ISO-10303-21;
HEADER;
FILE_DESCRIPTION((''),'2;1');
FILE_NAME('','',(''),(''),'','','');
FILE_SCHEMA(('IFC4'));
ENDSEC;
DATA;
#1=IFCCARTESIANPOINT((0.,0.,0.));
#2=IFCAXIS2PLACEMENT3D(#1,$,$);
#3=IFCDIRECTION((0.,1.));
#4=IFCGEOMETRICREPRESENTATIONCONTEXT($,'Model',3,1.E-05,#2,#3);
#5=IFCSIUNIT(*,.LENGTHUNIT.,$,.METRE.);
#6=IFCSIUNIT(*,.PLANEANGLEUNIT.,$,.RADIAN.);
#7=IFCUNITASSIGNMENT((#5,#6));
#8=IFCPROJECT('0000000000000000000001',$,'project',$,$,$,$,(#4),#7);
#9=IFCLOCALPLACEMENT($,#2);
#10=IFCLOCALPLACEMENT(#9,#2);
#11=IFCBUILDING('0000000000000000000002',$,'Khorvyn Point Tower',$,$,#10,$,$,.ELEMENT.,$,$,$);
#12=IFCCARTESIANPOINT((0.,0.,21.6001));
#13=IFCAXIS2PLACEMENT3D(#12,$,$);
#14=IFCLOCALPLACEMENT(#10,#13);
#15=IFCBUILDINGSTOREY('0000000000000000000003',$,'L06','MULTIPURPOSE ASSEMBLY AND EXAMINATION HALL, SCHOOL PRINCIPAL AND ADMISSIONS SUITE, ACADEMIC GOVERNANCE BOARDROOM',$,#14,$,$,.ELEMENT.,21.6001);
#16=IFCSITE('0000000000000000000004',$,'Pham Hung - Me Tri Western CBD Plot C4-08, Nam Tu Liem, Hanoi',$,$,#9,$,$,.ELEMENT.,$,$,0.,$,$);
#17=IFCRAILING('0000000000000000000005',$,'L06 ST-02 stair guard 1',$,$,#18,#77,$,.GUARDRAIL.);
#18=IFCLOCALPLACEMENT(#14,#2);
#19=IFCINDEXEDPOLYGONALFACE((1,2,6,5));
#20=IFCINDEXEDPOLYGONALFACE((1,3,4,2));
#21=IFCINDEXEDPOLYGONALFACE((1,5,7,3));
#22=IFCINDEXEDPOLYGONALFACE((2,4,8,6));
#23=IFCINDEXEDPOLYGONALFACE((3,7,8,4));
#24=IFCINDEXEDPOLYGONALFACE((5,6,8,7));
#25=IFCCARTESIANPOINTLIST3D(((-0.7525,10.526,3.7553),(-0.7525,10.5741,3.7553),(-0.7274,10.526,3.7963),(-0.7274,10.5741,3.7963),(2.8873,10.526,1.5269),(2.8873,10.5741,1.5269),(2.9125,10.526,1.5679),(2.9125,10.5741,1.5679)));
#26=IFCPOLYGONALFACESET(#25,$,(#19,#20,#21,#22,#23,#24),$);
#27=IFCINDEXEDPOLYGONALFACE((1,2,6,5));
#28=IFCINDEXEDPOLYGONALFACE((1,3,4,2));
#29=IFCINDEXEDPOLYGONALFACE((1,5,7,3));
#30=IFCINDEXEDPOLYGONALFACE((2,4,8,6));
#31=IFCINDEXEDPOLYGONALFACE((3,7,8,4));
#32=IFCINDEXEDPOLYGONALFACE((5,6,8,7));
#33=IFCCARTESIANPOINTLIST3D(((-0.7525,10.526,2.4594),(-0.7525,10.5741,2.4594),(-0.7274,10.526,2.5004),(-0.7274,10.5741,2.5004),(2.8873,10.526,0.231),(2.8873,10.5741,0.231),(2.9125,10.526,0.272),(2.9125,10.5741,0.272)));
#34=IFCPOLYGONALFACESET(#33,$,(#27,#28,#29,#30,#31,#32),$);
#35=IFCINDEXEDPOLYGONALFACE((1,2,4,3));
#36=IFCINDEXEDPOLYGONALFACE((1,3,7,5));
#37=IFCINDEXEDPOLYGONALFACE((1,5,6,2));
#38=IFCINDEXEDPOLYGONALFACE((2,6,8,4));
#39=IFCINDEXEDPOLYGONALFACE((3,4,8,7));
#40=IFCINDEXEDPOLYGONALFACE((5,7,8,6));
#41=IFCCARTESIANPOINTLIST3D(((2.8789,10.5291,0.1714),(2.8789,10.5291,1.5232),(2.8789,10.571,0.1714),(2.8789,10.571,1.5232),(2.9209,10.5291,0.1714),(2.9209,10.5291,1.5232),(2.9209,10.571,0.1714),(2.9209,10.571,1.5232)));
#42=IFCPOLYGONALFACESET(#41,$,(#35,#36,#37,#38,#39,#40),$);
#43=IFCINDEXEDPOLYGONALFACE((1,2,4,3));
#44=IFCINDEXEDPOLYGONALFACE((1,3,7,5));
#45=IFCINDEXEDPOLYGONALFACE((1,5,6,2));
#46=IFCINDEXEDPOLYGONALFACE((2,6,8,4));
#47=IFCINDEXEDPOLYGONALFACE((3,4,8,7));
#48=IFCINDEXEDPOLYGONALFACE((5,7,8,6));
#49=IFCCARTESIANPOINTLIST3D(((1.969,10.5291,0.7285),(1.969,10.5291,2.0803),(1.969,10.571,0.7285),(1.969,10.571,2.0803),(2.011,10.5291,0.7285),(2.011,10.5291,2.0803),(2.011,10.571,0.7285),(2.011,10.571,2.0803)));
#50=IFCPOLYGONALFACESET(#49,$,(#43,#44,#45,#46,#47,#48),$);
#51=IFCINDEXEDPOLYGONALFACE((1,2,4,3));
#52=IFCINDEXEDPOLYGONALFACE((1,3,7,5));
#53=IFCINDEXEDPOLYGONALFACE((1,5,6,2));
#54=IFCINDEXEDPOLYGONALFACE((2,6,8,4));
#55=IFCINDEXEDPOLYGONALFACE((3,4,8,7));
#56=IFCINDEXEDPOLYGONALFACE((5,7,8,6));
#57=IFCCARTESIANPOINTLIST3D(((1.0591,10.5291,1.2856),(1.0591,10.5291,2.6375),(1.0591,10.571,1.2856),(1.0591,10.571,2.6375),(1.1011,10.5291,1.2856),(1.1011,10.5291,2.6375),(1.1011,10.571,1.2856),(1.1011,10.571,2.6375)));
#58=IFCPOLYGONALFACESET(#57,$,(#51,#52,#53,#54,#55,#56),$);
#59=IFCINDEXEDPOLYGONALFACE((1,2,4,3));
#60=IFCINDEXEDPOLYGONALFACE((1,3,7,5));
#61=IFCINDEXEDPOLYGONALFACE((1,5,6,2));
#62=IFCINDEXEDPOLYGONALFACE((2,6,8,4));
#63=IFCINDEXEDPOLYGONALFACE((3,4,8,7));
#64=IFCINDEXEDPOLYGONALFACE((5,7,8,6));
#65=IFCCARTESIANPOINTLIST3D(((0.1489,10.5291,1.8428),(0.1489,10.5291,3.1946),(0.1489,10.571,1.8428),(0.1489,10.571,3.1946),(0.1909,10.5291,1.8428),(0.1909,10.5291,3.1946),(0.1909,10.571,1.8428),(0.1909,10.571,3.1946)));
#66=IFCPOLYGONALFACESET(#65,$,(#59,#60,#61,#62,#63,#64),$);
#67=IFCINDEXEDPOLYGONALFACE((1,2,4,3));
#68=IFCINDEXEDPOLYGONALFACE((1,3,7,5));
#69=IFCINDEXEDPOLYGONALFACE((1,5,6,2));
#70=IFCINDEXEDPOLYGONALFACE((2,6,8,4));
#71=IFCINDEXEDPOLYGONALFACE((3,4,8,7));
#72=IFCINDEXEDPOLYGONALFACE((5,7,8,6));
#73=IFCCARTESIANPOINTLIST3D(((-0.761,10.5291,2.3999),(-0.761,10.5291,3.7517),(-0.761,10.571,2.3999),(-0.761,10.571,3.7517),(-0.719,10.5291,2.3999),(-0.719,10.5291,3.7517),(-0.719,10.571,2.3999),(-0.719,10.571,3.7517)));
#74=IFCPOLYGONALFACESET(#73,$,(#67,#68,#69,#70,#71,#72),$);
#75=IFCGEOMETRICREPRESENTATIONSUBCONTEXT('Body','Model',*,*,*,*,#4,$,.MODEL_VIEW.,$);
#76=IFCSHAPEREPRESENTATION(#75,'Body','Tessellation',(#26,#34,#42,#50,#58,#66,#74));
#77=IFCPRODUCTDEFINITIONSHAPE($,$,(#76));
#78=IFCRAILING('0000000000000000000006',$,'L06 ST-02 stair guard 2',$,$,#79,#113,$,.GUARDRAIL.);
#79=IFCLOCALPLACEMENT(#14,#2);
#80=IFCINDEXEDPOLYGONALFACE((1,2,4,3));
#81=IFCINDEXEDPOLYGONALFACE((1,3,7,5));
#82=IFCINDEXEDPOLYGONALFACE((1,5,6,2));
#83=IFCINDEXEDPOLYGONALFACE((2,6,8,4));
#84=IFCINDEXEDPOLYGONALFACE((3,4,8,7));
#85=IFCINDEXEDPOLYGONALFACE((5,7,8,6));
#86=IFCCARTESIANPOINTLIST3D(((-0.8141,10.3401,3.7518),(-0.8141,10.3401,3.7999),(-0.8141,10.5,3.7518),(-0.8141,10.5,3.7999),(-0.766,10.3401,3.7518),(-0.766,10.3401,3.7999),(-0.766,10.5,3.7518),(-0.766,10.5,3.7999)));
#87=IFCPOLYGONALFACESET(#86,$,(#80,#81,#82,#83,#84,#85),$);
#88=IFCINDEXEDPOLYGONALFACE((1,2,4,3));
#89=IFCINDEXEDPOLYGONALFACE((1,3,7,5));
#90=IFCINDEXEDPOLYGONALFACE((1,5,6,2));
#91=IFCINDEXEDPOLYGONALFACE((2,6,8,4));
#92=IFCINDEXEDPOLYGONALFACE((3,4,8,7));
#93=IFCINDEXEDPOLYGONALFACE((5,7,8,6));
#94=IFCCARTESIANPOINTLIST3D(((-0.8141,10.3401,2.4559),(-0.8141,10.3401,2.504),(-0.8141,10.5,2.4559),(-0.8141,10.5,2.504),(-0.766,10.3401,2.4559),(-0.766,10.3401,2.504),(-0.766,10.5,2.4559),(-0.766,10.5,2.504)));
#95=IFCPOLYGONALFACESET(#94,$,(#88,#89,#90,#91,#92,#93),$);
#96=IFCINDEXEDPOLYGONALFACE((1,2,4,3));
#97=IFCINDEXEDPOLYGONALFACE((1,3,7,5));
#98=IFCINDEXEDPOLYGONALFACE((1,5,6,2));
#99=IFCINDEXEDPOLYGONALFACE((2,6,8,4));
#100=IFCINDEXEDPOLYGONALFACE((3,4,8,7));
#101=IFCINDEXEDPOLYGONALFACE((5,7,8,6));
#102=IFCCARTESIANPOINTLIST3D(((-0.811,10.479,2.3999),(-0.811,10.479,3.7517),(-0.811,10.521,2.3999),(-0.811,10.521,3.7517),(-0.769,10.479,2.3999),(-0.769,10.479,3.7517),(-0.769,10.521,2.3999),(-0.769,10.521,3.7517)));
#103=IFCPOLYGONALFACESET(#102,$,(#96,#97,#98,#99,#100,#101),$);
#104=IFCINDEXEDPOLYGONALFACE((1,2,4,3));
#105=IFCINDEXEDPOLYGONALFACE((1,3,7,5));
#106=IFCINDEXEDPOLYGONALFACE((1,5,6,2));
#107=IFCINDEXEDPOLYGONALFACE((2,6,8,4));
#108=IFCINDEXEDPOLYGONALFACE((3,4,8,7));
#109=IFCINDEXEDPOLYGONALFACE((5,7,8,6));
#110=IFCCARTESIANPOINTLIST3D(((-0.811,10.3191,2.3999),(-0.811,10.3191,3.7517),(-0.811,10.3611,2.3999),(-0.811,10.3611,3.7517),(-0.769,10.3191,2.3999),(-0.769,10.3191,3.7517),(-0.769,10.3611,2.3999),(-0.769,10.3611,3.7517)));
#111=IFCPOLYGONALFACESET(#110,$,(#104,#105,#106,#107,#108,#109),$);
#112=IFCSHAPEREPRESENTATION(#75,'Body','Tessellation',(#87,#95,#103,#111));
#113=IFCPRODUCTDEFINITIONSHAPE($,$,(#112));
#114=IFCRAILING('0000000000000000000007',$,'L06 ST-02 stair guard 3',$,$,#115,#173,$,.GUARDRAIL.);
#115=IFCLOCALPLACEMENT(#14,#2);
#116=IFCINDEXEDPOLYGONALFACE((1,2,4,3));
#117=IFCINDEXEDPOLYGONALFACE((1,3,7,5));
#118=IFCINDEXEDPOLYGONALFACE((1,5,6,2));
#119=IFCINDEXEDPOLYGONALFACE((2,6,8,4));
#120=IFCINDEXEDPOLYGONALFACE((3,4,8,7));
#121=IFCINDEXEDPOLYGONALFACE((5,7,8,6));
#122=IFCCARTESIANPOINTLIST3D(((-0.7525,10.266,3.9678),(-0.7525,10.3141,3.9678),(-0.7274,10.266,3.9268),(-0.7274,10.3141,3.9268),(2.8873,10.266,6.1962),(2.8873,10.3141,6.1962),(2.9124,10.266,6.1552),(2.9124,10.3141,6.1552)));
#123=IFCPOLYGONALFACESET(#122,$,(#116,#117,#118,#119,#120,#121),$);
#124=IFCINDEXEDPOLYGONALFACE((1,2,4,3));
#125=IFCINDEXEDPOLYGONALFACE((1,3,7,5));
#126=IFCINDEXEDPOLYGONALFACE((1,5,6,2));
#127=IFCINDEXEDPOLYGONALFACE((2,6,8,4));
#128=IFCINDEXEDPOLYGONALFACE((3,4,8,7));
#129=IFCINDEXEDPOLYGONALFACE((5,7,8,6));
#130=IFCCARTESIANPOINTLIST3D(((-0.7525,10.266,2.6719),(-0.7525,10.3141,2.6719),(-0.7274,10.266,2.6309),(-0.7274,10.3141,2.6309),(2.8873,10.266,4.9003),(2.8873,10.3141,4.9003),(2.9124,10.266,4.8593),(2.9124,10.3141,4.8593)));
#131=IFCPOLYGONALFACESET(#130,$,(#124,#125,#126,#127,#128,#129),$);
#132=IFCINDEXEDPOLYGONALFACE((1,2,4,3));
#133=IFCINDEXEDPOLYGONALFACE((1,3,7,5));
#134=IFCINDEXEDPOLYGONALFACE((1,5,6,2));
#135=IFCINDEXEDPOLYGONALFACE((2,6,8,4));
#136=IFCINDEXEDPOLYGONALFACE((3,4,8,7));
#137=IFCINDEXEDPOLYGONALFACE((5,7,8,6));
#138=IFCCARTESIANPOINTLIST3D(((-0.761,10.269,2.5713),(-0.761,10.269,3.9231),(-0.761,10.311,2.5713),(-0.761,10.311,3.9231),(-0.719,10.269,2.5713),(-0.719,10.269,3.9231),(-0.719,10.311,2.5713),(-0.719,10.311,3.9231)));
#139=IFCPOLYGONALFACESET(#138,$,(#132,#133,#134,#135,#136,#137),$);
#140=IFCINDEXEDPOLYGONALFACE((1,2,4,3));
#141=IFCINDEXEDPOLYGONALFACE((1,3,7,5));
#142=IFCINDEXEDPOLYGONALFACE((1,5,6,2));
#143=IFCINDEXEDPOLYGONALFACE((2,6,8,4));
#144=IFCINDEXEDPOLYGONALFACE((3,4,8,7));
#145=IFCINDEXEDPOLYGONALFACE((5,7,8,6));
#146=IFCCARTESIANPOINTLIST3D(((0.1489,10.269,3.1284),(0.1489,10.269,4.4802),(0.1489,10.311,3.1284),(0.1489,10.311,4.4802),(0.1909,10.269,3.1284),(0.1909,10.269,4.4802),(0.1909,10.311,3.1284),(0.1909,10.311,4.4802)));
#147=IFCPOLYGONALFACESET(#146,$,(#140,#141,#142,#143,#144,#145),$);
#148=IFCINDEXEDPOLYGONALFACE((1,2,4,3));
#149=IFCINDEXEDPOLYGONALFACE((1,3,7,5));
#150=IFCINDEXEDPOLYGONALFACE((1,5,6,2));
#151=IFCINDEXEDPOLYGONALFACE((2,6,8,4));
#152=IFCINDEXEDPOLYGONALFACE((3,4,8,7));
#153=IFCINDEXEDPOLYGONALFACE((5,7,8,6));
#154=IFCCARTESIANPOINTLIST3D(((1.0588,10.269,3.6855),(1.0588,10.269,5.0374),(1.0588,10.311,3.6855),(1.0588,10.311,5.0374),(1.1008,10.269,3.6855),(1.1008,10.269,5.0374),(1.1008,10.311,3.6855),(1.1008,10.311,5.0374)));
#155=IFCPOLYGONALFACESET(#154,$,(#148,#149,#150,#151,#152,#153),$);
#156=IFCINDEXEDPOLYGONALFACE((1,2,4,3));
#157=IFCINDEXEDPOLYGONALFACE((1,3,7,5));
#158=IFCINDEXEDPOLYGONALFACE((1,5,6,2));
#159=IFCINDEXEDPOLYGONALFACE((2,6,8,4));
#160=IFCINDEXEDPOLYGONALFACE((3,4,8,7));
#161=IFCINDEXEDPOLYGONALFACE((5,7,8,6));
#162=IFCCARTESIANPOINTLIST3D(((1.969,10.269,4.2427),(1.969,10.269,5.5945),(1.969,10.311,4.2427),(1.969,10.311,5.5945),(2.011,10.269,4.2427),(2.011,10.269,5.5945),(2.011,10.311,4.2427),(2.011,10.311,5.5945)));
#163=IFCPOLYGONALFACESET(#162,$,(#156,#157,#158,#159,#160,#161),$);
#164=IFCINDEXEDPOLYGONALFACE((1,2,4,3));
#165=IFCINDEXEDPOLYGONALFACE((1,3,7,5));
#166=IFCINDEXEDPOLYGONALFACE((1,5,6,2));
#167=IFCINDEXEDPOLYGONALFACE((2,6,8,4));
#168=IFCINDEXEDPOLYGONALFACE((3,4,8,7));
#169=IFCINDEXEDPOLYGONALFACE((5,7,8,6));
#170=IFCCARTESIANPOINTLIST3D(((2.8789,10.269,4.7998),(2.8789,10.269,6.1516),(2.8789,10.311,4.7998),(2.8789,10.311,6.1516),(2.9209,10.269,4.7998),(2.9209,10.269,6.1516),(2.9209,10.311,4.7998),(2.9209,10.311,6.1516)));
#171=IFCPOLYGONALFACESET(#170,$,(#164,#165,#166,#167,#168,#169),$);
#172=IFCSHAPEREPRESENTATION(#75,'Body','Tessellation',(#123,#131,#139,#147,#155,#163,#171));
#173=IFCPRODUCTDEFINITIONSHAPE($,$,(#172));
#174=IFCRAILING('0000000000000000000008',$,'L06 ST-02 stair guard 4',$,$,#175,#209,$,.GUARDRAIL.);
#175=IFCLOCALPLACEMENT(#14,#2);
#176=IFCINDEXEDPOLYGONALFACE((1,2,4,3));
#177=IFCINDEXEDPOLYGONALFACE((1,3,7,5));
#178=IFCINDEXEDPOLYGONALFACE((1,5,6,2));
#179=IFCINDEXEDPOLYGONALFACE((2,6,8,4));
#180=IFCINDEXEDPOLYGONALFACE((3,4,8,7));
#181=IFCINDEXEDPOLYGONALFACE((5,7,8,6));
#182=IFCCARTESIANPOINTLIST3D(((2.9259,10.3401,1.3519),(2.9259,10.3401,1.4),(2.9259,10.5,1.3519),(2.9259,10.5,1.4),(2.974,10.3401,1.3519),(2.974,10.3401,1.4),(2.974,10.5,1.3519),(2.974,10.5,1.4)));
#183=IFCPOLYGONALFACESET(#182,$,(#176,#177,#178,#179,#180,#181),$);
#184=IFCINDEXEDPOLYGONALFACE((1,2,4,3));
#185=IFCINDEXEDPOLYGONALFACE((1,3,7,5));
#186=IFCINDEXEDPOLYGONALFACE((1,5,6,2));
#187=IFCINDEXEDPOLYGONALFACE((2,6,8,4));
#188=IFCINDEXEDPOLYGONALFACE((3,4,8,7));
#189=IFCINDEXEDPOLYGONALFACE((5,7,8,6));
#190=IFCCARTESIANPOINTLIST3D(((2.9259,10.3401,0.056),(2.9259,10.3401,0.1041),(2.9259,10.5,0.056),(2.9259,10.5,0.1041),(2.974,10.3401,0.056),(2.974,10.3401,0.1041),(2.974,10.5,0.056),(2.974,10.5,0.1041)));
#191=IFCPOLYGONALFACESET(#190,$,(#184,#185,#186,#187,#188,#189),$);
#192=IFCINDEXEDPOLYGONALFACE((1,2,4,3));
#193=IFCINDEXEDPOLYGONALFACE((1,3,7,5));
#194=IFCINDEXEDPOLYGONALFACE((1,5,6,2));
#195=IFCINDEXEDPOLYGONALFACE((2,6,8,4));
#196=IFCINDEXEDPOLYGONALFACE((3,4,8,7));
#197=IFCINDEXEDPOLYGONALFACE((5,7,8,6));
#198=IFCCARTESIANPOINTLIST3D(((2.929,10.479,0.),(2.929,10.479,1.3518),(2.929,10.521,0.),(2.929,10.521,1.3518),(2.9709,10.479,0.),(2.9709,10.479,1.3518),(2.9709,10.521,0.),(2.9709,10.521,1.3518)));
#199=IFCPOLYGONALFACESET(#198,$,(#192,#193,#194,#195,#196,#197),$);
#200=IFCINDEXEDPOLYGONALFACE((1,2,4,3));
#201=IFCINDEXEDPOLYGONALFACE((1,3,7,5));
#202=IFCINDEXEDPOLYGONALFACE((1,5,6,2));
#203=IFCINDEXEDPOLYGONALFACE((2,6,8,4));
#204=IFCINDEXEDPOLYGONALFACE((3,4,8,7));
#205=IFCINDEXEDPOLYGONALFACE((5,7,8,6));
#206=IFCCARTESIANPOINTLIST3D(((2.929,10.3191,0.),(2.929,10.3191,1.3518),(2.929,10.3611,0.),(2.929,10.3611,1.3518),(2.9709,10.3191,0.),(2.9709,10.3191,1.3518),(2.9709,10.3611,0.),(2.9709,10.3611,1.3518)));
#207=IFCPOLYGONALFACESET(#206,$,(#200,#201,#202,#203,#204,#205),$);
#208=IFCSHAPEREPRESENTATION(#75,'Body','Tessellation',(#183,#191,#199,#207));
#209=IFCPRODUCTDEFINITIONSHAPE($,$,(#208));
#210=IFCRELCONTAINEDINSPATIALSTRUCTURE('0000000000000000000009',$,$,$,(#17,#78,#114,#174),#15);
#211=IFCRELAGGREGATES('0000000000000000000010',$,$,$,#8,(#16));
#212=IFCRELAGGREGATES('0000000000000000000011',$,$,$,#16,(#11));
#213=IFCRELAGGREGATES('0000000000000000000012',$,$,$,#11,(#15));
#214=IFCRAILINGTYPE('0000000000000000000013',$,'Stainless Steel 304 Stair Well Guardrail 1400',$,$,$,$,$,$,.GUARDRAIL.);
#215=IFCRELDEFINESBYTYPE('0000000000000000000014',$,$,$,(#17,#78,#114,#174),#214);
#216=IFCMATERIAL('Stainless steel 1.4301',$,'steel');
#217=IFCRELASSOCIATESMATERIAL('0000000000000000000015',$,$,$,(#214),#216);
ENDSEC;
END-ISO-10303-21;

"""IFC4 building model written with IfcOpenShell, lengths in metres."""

from ifc_helpers import new_model, si_unit, direction, frame, origin, origin_2d, place, context, subcontext, project, spatial, rectangle, extrude, material, type_object, element, save


model = new_model("IFC4")

# Units and contexts
model_context = context("Model", 3, precision=1e-05, world=origin(), true_north=direction((0.0, 1.0)))
body_context = subcontext(model_context, "Body", "Model", "MODEL_VIEW")
ifc_project = project(units=[si_unit("LENGTHUNIT", "METRE"), si_unit("PLANEANGLEUNIT", "RADIAN")], contexts=[model_context])

# Site, building, storey
site_placement = place(None, origin())
site = spatial("IfcSite", under=ifc_project, at=site_placement, Name="Pham Hung - Me Tri Western CBD Plot C4-08, Nam Tu Liem, Hanoi", CompositionType="ELEMENT", RefElevation=0.0)
building_placement = place(site_placement, origin())
building = spatial("IfcBuilding", under=site, at=building_placement, Name="Khorvyn Point Tower", CompositionType="ELEMENT")
storey_placement = place(building_placement, frame((0.0, 0.0, 21.6001)))
storey = spatial("IfcBuildingStorey", under=building, at=storey_placement, Name="L06", Description="MULTIPURPOSE ASSEMBLY AND EXAMINATION HALL, SCHOOL PRINCIPAL AND ADMISSIONS SUITE, ACADEMIC GOVERNANCE BOARDROOM", CompositionType="ELEMENT", Elevation=21.6001)

# Railings
ifc_material_1 = material(Name="Stainless steel 1.4301", Category="steel")
railing_type_1 = type_object("IfcRailingType", Name="Stainless Steel 304 Stair Well Guardrail 1400", PredefinedType="GUARDRAIL", material=ifc_material_1)
railing_1_placement = place(storey_placement, frame((2.8999, 10.55, 0.1714)))
element("IfcRailing", 1, at=railing_1_placement, inside=storey, type_object=railing_type_1, Name="L06 ST-02 stair guard 1", PredefinedType="GUARDRAIL", context=body_context, shape_type="SweptSolid", body=[
    extrude(rectangle(XDim=0.0481, YDim=0.0481, at=origin_2d()), frame((0.0, 0.0, 1.376), z_axis=(-0.85285, 0.0, 0.522156), x_axis=(0.0, -1.0, 0.0)), (0.0, 0.0, 1.0), 4.2678),
    extrude(rectangle(XDim=0.0481, YDim=0.0481, at=origin_2d()), frame((0.0, 0.0, 0.0801), z_axis=(-0.85285, 0.0, 0.522156), x_axis=(0.0, -1.0, 0.0)), (0.0, 0.0, 1.0), 4.2678),
    extrude(rectangle(XDim=0.042, YDim=0.042, at=origin_2d()), origin(), (0.0, 0.0, 1.0), 1.3518),
    extrude(rectangle(XDim=0.042, YDim=0.042, at=origin_2d()), frame((-0.9099, 0.0, 0.5571)), (0.0, 0.0, 1.0), 1.3518),
    extrude(rectangle(XDim=0.042, YDim=0.042, at=origin_2d()), frame((-1.8198, 0.0, 1.1143)), (0.0, 0.0, 1.0), 1.3518),
    extrude(rectangle(XDim=0.042, YDim=0.042, at=origin_2d()), frame((-2.73, 0.0, 1.6714)), (0.0, 0.0, 1.0), 1.3518),
    extrude(rectangle(XDim=0.042, YDim=0.042, at=origin_2d()), frame((-3.6399, 0.0, 2.2285)), (0.0, 0.0, 1.0), 1.3518),
])
railing_2_placement = place(storey_placement, frame((-0.79, 10.5, 2.3999)))
element("IfcRailing", 2, at=railing_2_placement, inside=storey, type_object=railing_type_1, Name="L06 ST-02 stair guard 2", PredefinedType="GUARDRAIL", context=body_context, shape_type="SweptSolid", body=[
    extrude(rectangle(XDim=0.0481, YDim=0.0481, at=origin_2d()), frame((0.0, 0.0, 1.376), z_axis=(0.0, -1.0, 0.0), x_axis=(1.0, 0.0, 0.0)), (0.0, 0.0, 1.0), 0.1599),
    extrude(rectangle(XDim=0.0481, YDim=0.0481, at=origin_2d()), frame((0.0, 0.0, 0.0801), z_axis=(0.0, -1.0, 0.0), x_axis=(1.0, 0.0, 0.0)), (0.0, 0.0, 1.0), 0.1599),
    extrude(rectangle(XDim=0.042, YDim=0.042, at=origin_2d()), origin(), (0.0, 0.0, 1.0), 1.3518),
    extrude(rectangle(XDim=0.042, YDim=0.042, at=origin_2d()), frame((0.0, -0.1599, 0.0)), (0.0, 0.0, 1.0), 1.3518),
])
railing_3_placement = place(storey_placement, frame((-0.74, 10.29, 2.5713)))
element("IfcRailing", 3, at=railing_3_placement, inside=storey, type_object=railing_type_1, Name="L06 ST-02 stair guard 3", PredefinedType="GUARDRAIL", context=body_context, shape_type="SweptSolid", body=[
    extrude(rectangle(XDim=0.0481, YDim=0.0481, at=origin_2d()), frame((0.0, 0.0, 1.376), z_axis=(0.85285, 0.0, 0.522156), x_axis=(0.0, 1.0, 0.0)), (0.0, 0.0, 1.0), 4.2678),
    extrude(rectangle(XDim=0.0481, YDim=0.0481, at=origin_2d()), frame((0.0, 0.0, 0.0801), z_axis=(0.85285, 0.0, 0.522156), x_axis=(0.0, 1.0, 0.0)), (0.0, 0.0, 1.0), 4.2678),
    extrude(rectangle(XDim=0.042, YDim=0.042, at=origin_2d()), origin(), (0.0, 0.0, 1.0), 1.3518),
    extrude(rectangle(XDim=0.042, YDim=0.042, at=origin_2d()), frame((0.9099, 0.0, 0.5571)), (0.0, 0.0, 1.0), 1.3518),
    extrude(rectangle(XDim=0.042, YDim=0.042, at=origin_2d()), frame((1.8198, 0.0, 1.1143)), (0.0, 0.0, 1.0), 1.3518),
    extrude(rectangle(XDim=0.042, YDim=0.042, at=origin_2d()), frame((2.73, 0.0, 1.6714)), (0.0, 0.0, 1.0), 1.3518),
    extrude(rectangle(XDim=0.042, YDim=0.042, at=origin_2d()), frame((3.6399, 0.0, 2.2285)), (0.0, 0.0, 1.0), 1.3518),
])
railing_4_placement = place(storey_placement, frame((2.95, 10.5, 0.0)))
element("IfcRailing", 4, at=railing_4_placement, inside=storey, type_object=railing_type_1, Name="L06 ST-02 stair guard 4", PredefinedType="GUARDRAIL", context=body_context, shape_type="SweptSolid", body=[
    extrude(rectangle(XDim=0.0481, YDim=0.0481, at=origin_2d()), frame((0.0, 0.0, 1.376), z_axis=(0.0, -1.0, 0.0), x_axis=(1.0, 0.0, 0.0)), (0.0, 0.0, 1.0), 0.1599),
    extrude(rectangle(XDim=0.0481, YDim=0.0481, at=origin_2d()), frame((0.0, 0.0, 0.0801), z_axis=(0.0, -1.0, 0.0), x_axis=(1.0, 0.0, 0.0)), (0.0, 0.0, 1.0), 0.1599),
    extrude(rectangle(XDim=0.042, YDim=0.042, at=origin_2d()), origin(), (0.0, 0.0, 1.0), 1.3518),
    extrude(rectangle(XDim=0.042, YDim=0.042, at=origin_2d()), frame((0.0, -0.1599, 0.0)), (0.0, 0.0, 1.0), 1.3518),
])

save(model, "model.ifc")
